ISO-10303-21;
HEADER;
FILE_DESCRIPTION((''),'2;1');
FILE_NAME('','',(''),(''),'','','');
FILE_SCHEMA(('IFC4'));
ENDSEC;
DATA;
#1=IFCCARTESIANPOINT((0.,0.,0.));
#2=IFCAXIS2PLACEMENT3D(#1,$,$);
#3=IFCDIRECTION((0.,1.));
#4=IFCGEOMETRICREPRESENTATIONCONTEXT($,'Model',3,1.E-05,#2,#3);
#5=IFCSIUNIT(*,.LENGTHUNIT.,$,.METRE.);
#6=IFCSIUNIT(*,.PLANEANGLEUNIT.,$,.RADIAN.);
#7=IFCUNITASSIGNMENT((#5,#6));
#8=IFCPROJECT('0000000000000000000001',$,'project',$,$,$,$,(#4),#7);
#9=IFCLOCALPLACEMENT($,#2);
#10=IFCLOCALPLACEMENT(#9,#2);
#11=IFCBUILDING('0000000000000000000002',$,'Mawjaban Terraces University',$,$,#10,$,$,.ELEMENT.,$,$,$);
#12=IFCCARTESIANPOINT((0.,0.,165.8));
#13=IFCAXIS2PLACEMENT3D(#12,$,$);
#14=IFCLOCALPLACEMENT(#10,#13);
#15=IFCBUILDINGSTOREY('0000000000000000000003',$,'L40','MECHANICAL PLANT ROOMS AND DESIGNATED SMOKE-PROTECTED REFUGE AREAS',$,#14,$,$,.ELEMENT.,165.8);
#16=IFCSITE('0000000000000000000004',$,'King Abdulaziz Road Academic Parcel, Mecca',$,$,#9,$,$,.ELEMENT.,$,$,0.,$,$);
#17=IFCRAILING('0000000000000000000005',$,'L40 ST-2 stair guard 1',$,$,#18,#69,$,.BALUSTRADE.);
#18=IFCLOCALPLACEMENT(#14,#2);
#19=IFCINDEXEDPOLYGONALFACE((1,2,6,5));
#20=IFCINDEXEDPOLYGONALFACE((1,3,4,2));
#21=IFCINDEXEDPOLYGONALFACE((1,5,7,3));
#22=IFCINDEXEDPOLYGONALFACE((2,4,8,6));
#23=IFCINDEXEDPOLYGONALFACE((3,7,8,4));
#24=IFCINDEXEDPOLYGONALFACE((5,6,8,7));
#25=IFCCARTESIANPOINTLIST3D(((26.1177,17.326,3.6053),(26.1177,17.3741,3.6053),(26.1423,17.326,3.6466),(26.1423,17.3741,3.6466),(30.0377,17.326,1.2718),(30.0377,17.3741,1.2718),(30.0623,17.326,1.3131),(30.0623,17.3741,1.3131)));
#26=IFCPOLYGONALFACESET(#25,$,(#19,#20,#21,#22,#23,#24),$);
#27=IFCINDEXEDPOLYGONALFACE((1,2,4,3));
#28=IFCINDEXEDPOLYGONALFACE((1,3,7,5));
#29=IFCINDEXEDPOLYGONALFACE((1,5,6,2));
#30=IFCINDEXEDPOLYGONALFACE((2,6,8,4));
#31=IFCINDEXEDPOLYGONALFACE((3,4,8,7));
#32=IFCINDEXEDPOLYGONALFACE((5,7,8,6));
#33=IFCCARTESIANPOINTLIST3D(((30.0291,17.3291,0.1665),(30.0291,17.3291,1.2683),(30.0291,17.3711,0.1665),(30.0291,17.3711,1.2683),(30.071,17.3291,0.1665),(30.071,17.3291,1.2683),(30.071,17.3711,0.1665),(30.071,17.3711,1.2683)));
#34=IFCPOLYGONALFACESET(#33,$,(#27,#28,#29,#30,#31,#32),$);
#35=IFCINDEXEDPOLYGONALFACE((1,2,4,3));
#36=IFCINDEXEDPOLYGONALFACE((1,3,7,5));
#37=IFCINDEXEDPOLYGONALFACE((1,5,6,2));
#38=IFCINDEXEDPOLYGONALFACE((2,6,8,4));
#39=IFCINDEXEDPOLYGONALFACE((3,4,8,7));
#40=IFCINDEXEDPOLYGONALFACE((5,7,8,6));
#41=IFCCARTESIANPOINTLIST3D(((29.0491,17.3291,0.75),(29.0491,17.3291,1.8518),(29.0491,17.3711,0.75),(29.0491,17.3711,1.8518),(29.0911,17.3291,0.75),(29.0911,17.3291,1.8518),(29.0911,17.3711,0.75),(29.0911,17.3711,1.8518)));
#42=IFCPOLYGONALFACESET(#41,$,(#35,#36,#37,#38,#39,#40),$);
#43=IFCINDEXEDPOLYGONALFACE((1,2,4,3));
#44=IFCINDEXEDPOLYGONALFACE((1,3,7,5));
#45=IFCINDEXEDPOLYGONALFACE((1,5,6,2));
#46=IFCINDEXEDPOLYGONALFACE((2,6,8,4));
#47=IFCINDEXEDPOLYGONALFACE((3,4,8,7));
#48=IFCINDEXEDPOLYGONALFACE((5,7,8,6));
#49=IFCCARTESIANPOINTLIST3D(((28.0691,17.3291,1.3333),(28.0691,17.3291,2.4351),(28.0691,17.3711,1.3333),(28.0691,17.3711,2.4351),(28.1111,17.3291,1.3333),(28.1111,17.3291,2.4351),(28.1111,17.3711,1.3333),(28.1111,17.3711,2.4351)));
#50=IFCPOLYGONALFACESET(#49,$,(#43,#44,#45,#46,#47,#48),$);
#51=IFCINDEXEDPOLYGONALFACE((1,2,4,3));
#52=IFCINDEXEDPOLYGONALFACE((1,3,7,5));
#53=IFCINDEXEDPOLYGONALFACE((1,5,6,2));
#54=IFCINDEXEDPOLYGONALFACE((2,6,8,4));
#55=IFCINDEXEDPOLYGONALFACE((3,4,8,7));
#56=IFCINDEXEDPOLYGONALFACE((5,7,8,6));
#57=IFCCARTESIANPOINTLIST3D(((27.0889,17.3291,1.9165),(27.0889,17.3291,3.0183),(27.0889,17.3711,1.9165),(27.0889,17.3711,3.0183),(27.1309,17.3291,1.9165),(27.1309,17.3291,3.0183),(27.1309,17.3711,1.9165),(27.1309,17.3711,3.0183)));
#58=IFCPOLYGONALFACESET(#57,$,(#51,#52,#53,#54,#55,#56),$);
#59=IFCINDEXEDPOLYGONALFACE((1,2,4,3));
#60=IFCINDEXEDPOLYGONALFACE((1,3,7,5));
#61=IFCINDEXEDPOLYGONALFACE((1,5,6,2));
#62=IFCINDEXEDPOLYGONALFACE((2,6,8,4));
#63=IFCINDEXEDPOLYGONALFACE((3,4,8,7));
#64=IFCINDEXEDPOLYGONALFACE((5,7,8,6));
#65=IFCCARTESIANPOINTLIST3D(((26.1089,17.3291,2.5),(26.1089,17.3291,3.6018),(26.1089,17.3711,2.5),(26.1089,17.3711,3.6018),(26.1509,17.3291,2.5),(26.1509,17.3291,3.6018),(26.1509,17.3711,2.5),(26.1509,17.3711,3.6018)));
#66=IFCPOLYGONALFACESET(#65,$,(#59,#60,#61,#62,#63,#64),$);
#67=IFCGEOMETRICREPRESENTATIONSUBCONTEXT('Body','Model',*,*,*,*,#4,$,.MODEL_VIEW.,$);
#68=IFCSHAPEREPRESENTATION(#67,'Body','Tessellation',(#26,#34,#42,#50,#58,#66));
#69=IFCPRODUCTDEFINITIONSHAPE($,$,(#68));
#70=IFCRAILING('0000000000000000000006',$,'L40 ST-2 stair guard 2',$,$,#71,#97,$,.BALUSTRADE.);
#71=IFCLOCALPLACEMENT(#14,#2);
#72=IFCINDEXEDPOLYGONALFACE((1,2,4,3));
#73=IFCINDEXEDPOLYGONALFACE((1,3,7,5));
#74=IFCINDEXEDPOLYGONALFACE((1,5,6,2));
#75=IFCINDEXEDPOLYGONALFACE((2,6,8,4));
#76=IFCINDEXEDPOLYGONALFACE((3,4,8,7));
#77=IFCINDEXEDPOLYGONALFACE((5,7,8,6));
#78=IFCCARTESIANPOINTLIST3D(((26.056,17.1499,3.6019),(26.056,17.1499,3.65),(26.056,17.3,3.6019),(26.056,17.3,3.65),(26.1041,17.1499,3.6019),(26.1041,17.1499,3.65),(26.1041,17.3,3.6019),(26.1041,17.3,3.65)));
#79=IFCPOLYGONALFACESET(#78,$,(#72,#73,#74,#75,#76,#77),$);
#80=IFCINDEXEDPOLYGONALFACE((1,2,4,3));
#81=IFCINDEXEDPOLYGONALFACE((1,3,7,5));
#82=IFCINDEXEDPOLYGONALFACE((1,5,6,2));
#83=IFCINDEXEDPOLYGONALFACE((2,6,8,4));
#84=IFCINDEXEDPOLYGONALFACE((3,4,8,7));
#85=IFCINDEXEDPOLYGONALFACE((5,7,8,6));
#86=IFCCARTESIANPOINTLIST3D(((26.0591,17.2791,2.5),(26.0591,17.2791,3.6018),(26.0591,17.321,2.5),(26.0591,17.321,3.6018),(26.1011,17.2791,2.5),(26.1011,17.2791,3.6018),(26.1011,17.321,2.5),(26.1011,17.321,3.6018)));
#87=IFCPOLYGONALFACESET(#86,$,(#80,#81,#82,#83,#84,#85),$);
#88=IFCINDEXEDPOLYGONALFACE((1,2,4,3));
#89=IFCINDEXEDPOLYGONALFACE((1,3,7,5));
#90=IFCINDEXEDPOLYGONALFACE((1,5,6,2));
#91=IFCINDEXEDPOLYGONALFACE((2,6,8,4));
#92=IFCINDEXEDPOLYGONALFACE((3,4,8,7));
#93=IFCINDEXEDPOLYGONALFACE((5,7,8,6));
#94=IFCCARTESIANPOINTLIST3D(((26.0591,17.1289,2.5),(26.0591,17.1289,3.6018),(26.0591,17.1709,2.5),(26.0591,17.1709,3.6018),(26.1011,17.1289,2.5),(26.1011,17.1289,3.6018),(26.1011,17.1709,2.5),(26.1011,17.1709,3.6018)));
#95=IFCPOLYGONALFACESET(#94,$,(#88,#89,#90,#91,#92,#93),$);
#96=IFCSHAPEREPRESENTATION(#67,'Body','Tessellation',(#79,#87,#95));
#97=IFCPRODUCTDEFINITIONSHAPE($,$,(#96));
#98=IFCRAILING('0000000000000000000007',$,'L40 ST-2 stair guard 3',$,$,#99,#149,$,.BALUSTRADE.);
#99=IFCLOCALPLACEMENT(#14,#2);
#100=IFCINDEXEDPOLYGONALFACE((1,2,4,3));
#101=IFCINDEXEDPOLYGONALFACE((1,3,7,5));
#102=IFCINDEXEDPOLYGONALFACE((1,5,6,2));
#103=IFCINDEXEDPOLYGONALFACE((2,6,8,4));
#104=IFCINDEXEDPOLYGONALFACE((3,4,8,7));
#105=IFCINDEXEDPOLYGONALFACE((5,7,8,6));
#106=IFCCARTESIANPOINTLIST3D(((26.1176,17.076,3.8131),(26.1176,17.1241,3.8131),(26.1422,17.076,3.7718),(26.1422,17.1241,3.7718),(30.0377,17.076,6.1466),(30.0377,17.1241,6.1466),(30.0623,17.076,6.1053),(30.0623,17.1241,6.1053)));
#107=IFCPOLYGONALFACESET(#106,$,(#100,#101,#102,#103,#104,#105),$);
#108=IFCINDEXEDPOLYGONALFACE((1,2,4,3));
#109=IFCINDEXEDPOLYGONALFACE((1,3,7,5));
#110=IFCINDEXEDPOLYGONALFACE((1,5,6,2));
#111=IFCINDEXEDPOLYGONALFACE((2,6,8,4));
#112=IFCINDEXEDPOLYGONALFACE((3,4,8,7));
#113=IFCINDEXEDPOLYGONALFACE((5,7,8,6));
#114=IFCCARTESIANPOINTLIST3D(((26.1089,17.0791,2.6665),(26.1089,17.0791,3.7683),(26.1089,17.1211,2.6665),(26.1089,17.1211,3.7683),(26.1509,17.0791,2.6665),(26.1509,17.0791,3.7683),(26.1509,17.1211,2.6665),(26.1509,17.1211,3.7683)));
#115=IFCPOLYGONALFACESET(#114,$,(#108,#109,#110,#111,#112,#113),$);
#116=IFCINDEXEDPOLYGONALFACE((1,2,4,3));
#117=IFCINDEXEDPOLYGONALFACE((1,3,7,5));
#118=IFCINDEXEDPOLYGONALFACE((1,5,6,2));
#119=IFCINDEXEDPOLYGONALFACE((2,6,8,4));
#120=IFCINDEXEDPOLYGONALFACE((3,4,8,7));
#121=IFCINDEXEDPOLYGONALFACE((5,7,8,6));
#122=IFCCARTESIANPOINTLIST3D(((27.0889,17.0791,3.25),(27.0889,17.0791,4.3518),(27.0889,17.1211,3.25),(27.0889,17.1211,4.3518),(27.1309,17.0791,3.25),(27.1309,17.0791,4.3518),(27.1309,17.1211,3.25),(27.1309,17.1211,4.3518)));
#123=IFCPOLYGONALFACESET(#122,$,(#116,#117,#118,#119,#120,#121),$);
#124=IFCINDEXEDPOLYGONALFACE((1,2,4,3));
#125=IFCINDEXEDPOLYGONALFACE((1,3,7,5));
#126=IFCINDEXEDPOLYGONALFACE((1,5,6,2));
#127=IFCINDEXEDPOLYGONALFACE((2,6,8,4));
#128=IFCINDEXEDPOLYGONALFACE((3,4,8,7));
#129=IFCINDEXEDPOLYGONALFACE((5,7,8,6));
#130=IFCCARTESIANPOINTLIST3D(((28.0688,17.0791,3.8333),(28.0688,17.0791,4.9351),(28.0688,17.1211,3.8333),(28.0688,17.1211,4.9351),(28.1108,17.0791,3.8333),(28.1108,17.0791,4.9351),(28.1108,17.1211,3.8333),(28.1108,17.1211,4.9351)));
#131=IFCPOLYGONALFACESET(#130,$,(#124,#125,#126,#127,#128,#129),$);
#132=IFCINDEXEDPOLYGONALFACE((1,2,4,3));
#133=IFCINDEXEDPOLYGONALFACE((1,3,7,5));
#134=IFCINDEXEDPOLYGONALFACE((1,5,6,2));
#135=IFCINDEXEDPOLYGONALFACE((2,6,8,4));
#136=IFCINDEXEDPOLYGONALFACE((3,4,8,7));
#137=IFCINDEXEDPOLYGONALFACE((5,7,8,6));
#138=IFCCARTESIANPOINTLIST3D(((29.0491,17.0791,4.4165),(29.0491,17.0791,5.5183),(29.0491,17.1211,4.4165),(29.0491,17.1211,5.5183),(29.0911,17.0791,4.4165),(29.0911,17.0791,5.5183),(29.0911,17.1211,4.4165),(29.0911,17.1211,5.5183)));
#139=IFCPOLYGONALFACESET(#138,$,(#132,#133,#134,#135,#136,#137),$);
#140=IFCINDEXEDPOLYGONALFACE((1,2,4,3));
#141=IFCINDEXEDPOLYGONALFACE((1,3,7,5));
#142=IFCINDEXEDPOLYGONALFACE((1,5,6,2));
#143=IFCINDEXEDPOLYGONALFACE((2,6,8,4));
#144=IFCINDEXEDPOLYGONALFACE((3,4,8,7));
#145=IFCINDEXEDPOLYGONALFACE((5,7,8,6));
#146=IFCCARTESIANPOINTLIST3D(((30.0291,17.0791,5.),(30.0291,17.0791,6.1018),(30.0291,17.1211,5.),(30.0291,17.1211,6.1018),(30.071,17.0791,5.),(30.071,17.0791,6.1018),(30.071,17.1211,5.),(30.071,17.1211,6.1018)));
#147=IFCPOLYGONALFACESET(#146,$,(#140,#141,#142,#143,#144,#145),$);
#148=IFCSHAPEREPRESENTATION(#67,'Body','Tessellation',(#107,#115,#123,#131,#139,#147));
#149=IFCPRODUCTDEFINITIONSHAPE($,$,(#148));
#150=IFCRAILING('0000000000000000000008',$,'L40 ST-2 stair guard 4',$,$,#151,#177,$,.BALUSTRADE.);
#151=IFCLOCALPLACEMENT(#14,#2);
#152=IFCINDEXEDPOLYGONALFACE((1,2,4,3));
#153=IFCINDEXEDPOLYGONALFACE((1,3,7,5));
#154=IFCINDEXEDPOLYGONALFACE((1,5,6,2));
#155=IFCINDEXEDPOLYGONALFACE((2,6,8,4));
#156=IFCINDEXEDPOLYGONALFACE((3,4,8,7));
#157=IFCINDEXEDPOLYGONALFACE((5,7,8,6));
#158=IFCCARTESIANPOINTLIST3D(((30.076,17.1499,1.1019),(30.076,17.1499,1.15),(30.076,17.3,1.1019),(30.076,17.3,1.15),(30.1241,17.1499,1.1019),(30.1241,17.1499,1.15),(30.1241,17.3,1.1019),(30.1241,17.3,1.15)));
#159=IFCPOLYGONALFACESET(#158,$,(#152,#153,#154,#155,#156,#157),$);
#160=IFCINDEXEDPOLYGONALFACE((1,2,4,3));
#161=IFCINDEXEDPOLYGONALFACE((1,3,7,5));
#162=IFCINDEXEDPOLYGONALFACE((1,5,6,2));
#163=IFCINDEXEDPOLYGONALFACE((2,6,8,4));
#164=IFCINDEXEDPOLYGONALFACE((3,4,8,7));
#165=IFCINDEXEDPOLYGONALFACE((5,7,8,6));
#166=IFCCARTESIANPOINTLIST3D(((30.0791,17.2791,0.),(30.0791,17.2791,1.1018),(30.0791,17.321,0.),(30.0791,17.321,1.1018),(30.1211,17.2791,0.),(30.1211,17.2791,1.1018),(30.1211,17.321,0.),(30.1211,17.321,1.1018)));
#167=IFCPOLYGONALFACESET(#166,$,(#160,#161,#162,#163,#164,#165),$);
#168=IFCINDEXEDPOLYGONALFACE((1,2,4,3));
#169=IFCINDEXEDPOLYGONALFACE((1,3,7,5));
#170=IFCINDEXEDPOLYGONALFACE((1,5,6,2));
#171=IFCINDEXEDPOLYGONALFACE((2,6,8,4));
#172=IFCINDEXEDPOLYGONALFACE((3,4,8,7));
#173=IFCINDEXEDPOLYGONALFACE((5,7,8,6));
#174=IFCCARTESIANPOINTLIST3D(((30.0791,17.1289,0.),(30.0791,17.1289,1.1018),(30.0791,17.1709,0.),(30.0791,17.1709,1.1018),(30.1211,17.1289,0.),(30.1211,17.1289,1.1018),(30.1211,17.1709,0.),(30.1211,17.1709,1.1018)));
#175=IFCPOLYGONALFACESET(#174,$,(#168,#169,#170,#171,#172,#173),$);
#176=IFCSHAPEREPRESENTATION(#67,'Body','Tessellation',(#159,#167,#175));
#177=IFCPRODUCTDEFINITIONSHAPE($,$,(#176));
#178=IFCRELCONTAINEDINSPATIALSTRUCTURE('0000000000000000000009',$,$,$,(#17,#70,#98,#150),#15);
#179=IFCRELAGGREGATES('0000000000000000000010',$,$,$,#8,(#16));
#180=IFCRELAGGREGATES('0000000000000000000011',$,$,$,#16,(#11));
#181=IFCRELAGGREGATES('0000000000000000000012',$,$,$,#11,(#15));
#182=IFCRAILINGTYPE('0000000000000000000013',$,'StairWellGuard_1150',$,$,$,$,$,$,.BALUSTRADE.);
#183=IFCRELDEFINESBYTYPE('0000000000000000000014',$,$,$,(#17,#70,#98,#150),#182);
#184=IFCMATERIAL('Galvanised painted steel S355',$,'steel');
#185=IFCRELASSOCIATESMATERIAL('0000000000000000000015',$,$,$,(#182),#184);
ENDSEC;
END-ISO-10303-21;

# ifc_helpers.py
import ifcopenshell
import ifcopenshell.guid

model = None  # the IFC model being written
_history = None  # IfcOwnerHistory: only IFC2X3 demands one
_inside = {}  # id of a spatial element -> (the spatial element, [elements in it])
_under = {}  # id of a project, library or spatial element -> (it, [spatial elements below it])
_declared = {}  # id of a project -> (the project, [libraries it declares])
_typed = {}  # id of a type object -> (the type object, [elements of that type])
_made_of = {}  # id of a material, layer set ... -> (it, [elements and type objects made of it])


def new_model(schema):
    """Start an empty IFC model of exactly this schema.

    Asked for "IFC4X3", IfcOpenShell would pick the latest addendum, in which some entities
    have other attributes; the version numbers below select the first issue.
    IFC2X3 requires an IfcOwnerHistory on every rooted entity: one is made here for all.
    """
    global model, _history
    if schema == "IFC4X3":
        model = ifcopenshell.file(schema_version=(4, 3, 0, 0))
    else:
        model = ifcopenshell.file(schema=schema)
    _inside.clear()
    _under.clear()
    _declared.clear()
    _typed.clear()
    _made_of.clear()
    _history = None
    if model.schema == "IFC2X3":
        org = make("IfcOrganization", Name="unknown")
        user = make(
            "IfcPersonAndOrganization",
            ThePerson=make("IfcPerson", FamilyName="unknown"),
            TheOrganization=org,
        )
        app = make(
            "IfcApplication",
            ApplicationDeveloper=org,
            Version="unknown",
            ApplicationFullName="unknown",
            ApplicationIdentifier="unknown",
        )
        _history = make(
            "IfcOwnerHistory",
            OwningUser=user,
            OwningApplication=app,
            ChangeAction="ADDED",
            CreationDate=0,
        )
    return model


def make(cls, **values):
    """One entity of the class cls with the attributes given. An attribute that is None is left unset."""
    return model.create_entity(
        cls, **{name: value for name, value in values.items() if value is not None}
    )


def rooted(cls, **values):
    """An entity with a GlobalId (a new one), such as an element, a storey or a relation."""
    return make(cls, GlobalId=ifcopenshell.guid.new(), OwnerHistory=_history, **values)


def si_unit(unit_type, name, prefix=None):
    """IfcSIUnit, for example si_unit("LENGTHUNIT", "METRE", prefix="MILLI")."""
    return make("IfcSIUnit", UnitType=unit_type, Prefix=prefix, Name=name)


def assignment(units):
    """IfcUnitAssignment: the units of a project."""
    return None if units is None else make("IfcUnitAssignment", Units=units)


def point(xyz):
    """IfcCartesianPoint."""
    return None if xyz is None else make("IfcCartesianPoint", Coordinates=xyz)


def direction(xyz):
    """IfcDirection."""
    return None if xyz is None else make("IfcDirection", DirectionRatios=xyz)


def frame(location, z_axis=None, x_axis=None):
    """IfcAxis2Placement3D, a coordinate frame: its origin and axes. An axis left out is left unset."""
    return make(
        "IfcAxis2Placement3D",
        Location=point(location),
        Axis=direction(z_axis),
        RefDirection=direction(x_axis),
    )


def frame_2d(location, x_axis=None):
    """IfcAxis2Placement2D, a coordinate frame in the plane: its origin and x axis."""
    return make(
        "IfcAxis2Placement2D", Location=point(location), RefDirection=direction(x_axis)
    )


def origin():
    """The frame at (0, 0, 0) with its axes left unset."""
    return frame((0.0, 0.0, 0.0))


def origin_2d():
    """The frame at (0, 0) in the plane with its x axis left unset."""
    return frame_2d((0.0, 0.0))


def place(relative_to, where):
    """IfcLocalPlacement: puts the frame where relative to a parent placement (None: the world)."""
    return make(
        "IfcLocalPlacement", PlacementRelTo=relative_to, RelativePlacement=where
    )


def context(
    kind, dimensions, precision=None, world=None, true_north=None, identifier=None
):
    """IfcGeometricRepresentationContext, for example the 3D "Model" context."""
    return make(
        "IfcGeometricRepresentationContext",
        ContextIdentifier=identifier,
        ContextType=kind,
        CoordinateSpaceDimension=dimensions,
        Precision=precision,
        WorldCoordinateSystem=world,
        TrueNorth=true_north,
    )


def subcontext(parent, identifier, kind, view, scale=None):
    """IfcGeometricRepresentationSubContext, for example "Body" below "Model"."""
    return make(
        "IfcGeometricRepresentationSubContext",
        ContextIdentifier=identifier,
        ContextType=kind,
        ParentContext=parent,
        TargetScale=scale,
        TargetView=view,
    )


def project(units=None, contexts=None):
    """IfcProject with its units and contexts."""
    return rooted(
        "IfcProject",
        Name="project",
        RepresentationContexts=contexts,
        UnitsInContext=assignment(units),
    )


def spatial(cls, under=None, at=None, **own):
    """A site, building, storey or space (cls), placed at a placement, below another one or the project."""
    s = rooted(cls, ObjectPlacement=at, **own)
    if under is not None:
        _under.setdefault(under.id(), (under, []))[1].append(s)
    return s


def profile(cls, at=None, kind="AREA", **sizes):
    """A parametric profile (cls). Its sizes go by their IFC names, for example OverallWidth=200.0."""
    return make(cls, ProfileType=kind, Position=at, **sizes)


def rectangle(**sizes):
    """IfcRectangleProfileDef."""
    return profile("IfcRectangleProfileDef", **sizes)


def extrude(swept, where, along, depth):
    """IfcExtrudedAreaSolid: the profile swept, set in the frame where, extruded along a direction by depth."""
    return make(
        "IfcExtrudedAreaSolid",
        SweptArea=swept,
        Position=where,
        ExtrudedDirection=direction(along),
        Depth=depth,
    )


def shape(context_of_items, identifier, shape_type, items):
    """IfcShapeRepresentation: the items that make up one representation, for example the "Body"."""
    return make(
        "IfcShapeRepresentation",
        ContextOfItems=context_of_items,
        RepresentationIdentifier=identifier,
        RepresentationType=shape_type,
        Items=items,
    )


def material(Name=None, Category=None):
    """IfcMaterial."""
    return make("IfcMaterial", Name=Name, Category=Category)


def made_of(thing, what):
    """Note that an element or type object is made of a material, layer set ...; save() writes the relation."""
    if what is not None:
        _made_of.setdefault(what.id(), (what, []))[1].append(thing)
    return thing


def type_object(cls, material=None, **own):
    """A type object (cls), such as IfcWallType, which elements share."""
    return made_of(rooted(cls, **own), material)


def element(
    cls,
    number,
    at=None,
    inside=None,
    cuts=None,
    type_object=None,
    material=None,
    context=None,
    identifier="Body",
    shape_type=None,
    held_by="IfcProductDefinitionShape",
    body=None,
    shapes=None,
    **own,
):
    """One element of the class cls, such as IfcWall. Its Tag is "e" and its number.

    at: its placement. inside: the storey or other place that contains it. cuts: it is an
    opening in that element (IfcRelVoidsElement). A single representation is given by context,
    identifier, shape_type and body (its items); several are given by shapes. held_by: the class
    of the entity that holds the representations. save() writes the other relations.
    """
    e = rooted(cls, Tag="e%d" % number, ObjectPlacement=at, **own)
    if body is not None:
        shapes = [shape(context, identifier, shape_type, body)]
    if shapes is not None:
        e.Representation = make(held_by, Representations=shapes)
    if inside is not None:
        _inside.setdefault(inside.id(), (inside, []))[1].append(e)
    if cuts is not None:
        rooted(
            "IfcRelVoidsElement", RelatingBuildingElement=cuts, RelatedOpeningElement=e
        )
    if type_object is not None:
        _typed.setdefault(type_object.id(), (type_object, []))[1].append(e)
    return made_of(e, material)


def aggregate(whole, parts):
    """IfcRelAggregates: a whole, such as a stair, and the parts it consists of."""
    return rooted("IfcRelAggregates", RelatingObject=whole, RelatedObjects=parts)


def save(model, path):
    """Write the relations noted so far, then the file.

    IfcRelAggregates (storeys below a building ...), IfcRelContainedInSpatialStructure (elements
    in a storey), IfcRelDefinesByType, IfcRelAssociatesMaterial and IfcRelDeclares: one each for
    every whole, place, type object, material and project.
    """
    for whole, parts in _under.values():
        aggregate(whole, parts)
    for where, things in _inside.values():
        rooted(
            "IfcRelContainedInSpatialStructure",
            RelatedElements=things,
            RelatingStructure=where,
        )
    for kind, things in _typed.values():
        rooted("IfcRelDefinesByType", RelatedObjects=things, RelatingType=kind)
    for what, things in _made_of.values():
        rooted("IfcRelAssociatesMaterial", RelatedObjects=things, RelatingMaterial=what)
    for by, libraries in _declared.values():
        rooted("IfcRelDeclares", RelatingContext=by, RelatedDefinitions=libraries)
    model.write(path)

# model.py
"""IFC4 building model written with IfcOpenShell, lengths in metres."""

from ifc_helpers import new_model, si_unit, direction, frame, origin, origin_2d, place, context, subcontext, project, spatial, rectangle, extrude, material, type_object, element, save


model = new_model("IFC4")

# Units and contexts
model_context = context("Model", 3, precision=1e-05, world=origin(), true_north=direction((0.0, 1.0)))
body_context = subcontext(model_context, "Body", "Model", "MODEL_VIEW")
ifc_project = project(units=[si_unit("LENGTHUNIT", "METRE"), si_unit("PLANEANGLEUNIT", "RADIAN")], contexts=[model_context])

# Site, building, storey
site_placement = place(None, origin())
site = spatial("IfcSite", under=ifc_project, at=site_placement, Name="King Abdulaziz Road Academic Parcel, Mecca", CompositionType="ELEMENT", RefElevation=0.0)
building_placement = place(site_placement, origin())
building = spatial("IfcBuilding", under=site, at=building_placement, Name="Mawjaban Terraces University", CompositionType="ELEMENT")
storey_placement = place(building_placement, frame((0.0, 0.0, 165.8)))
storey = spatial("IfcBuildingStorey", under=building, at=storey_placement, Name="L40", Description="MECHANICAL PLANT ROOMS AND DESIGNATED SMOKE-PROTECTED REFUGE AREAS", CompositionType="ELEMENT", Elevation=165.8)

# Railings
ifc_material_1 = material(Name="Galvanised painted steel S355", Category="steel")
railing_type_1 = type_object("IfcRailingType", Name="StairWellGuard_1150", PredefinedType="BALUSTRADE", material=ifc_material_1)
railing_1_placement = place(storey_placement, frame((30.05, 17.3501, 0.1665)))
element("IfcRailing", 1, at=railing_1_placement, inside=storey, type_object=railing_type_1, Name="L40 ST-2 stair guard 1", PredefinedType="BALUSTRADE", context=body_context, shape_type="SweptSolid", body=[
    extrude(rectangle(XDim=0.0481, YDim=0.0481, at=origin_2d()), frame((0.0, 0.0, 1.126), z_axis=(-0.859287, 0.0, 0.511494), x_axis=(0.0, -1.0, 0.0)), (0.0, 0.0, 1.0), 4.562),
    extrude(rectangle(XDim=0.042, YDim=0.042, at=origin_2d()), origin(), (0.0, 0.0, 1.0), 1.1018),
    extrude(rectangle(XDim=0.042, YDim=0.042, at=origin_2d()), frame((-0.98, 0.0, 0.5835)), (0.0, 0.0, 1.0), 1.1018),
    extrude(rectangle(XDim=0.042, YDim=0.042, at=origin_2d()), frame((-1.96, 0.0, 1.1667)), (0.0, 0.0, 1.0), 1.1018),
    extrude(rectangle(XDim=0.042, YDim=0.042, at=origin_2d()), frame((-2.9402, 0.0, 1.75)), (0.0, 0.0, 1.0), 1.1018),
    extrude(rectangle(XDim=0.042, YDim=0.042, at=origin_2d()), frame((-3.9202, 0.0, 2.3335)), (0.0, 0.0, 1.0), 1.1018),
])
railing_2_placement = place(storey_placement, frame((26.0801, 17.3, 2.5)))
element("IfcRailing", 2, at=railing_2_placement, inside=storey, type_object=railing_type_1, Name="L40 ST-2 stair guard 2", PredefinedType="BALUSTRADE", context=body_context, shape_type="SweptSolid", body=[
    extrude(rectangle(XDim=0.0481, YDim=0.0481, at=origin_2d()), frame((0.0, 0.0, 1.126), z_axis=(0.0, -1.0, 0.0), x_axis=(1.0, 0.0, 0.0)), (0.0, 0.0, 1.0), 0.1501),
    extrude(rectangle(XDim=0.042, YDim=0.042, at=origin_2d()), origin(), (0.0, 0.0, 1.0), 1.1018),
    extrude(rectangle(XDim=0.042, YDim=0.042, at=origin_2d()), frame((0.0, -0.1501, 0.0)), (0.0, 0.0, 1.0), 1.1018),
])
railing_3_placement = place(storey_placement, frame((26.1299, 17.1001, 2.6665)))
element("IfcRailing", 3, at=railing_3_placement, inside=storey, type_object=railing_type_1, Name="L40 ST-2 stair guard 3", PredefinedType="BALUSTRADE", context=body_context, shape_type="SweptSolid", body=[
    extrude(rectangle(XDim=0.0481, YDim=0.0481, at=origin_2d()), frame((0.0, 0.0, 1.126), z_axis=(0.859287, 0.0, 0.511494), x_axis=(0.0, 1.0, 0.0)), (0.0, 0.0, 1.0), 4.562),
    extrude(rectangle(XDim=0.042, YDim=0.042, at=origin_2d()), origin(), (0.0, 0.0, 1.0), 1.1018),
    extrude(rectangle(XDim=0.042, YDim=0.042, at=origin_2d()), frame((0.98, 0.0, 0.5835)), (0.0, 0.0, 1.0), 1.1018),
    extrude(rectangle(XDim=0.042, YDim=0.042, at=origin_2d()), frame((1.96, 0.0, 1.1667)), (0.0, 0.0, 1.0), 1.1018),
    extrude(rectangle(XDim=0.042, YDim=0.042, at=origin_2d()), frame((2.9402, 0.0, 1.75)), (0.0, 0.0, 1.0), 1.1018),
    extrude(rectangle(XDim=0.042, YDim=0.042, at=origin_2d()), frame((3.9202, 0.0, 2.3335)), (0.0, 0.0, 1.0), 1.1018),
])
railing_4_placement = place(storey_placement, frame((30.1001, 17.3, 0.0)))
element("IfcRailing", 4, at=railing_4_placement, inside=storey, type_object=railing_type_1, Name="L40 ST-2 stair guard 4", PredefinedType="BALUSTRADE", context=body_context, shape_type="SweptSolid", body=[
    extrude(rectangle(XDim=0.0481, YDim=0.0481, at=origin_2d()), frame((0.0, 0.0, 1.126), z_axis=(0.0, -1.0, 0.0), x_axis=(1.0, 0.0, 0.0)), (0.0, 0.0, 1.0), 0.1501),
    extrude(rectangle(XDim=0.042, YDim=0.042, at=origin_2d()), origin(), (0.0, 0.0, 1.0), 1.1018),
    extrude(rectangle(XDim=0.042, YDim=0.042, at=origin_2d()), frame((0.0, -0.1501, 0.0)), (0.0, 0.0, 1.0), 1.1018),
])

save(model, "model.ifc")
